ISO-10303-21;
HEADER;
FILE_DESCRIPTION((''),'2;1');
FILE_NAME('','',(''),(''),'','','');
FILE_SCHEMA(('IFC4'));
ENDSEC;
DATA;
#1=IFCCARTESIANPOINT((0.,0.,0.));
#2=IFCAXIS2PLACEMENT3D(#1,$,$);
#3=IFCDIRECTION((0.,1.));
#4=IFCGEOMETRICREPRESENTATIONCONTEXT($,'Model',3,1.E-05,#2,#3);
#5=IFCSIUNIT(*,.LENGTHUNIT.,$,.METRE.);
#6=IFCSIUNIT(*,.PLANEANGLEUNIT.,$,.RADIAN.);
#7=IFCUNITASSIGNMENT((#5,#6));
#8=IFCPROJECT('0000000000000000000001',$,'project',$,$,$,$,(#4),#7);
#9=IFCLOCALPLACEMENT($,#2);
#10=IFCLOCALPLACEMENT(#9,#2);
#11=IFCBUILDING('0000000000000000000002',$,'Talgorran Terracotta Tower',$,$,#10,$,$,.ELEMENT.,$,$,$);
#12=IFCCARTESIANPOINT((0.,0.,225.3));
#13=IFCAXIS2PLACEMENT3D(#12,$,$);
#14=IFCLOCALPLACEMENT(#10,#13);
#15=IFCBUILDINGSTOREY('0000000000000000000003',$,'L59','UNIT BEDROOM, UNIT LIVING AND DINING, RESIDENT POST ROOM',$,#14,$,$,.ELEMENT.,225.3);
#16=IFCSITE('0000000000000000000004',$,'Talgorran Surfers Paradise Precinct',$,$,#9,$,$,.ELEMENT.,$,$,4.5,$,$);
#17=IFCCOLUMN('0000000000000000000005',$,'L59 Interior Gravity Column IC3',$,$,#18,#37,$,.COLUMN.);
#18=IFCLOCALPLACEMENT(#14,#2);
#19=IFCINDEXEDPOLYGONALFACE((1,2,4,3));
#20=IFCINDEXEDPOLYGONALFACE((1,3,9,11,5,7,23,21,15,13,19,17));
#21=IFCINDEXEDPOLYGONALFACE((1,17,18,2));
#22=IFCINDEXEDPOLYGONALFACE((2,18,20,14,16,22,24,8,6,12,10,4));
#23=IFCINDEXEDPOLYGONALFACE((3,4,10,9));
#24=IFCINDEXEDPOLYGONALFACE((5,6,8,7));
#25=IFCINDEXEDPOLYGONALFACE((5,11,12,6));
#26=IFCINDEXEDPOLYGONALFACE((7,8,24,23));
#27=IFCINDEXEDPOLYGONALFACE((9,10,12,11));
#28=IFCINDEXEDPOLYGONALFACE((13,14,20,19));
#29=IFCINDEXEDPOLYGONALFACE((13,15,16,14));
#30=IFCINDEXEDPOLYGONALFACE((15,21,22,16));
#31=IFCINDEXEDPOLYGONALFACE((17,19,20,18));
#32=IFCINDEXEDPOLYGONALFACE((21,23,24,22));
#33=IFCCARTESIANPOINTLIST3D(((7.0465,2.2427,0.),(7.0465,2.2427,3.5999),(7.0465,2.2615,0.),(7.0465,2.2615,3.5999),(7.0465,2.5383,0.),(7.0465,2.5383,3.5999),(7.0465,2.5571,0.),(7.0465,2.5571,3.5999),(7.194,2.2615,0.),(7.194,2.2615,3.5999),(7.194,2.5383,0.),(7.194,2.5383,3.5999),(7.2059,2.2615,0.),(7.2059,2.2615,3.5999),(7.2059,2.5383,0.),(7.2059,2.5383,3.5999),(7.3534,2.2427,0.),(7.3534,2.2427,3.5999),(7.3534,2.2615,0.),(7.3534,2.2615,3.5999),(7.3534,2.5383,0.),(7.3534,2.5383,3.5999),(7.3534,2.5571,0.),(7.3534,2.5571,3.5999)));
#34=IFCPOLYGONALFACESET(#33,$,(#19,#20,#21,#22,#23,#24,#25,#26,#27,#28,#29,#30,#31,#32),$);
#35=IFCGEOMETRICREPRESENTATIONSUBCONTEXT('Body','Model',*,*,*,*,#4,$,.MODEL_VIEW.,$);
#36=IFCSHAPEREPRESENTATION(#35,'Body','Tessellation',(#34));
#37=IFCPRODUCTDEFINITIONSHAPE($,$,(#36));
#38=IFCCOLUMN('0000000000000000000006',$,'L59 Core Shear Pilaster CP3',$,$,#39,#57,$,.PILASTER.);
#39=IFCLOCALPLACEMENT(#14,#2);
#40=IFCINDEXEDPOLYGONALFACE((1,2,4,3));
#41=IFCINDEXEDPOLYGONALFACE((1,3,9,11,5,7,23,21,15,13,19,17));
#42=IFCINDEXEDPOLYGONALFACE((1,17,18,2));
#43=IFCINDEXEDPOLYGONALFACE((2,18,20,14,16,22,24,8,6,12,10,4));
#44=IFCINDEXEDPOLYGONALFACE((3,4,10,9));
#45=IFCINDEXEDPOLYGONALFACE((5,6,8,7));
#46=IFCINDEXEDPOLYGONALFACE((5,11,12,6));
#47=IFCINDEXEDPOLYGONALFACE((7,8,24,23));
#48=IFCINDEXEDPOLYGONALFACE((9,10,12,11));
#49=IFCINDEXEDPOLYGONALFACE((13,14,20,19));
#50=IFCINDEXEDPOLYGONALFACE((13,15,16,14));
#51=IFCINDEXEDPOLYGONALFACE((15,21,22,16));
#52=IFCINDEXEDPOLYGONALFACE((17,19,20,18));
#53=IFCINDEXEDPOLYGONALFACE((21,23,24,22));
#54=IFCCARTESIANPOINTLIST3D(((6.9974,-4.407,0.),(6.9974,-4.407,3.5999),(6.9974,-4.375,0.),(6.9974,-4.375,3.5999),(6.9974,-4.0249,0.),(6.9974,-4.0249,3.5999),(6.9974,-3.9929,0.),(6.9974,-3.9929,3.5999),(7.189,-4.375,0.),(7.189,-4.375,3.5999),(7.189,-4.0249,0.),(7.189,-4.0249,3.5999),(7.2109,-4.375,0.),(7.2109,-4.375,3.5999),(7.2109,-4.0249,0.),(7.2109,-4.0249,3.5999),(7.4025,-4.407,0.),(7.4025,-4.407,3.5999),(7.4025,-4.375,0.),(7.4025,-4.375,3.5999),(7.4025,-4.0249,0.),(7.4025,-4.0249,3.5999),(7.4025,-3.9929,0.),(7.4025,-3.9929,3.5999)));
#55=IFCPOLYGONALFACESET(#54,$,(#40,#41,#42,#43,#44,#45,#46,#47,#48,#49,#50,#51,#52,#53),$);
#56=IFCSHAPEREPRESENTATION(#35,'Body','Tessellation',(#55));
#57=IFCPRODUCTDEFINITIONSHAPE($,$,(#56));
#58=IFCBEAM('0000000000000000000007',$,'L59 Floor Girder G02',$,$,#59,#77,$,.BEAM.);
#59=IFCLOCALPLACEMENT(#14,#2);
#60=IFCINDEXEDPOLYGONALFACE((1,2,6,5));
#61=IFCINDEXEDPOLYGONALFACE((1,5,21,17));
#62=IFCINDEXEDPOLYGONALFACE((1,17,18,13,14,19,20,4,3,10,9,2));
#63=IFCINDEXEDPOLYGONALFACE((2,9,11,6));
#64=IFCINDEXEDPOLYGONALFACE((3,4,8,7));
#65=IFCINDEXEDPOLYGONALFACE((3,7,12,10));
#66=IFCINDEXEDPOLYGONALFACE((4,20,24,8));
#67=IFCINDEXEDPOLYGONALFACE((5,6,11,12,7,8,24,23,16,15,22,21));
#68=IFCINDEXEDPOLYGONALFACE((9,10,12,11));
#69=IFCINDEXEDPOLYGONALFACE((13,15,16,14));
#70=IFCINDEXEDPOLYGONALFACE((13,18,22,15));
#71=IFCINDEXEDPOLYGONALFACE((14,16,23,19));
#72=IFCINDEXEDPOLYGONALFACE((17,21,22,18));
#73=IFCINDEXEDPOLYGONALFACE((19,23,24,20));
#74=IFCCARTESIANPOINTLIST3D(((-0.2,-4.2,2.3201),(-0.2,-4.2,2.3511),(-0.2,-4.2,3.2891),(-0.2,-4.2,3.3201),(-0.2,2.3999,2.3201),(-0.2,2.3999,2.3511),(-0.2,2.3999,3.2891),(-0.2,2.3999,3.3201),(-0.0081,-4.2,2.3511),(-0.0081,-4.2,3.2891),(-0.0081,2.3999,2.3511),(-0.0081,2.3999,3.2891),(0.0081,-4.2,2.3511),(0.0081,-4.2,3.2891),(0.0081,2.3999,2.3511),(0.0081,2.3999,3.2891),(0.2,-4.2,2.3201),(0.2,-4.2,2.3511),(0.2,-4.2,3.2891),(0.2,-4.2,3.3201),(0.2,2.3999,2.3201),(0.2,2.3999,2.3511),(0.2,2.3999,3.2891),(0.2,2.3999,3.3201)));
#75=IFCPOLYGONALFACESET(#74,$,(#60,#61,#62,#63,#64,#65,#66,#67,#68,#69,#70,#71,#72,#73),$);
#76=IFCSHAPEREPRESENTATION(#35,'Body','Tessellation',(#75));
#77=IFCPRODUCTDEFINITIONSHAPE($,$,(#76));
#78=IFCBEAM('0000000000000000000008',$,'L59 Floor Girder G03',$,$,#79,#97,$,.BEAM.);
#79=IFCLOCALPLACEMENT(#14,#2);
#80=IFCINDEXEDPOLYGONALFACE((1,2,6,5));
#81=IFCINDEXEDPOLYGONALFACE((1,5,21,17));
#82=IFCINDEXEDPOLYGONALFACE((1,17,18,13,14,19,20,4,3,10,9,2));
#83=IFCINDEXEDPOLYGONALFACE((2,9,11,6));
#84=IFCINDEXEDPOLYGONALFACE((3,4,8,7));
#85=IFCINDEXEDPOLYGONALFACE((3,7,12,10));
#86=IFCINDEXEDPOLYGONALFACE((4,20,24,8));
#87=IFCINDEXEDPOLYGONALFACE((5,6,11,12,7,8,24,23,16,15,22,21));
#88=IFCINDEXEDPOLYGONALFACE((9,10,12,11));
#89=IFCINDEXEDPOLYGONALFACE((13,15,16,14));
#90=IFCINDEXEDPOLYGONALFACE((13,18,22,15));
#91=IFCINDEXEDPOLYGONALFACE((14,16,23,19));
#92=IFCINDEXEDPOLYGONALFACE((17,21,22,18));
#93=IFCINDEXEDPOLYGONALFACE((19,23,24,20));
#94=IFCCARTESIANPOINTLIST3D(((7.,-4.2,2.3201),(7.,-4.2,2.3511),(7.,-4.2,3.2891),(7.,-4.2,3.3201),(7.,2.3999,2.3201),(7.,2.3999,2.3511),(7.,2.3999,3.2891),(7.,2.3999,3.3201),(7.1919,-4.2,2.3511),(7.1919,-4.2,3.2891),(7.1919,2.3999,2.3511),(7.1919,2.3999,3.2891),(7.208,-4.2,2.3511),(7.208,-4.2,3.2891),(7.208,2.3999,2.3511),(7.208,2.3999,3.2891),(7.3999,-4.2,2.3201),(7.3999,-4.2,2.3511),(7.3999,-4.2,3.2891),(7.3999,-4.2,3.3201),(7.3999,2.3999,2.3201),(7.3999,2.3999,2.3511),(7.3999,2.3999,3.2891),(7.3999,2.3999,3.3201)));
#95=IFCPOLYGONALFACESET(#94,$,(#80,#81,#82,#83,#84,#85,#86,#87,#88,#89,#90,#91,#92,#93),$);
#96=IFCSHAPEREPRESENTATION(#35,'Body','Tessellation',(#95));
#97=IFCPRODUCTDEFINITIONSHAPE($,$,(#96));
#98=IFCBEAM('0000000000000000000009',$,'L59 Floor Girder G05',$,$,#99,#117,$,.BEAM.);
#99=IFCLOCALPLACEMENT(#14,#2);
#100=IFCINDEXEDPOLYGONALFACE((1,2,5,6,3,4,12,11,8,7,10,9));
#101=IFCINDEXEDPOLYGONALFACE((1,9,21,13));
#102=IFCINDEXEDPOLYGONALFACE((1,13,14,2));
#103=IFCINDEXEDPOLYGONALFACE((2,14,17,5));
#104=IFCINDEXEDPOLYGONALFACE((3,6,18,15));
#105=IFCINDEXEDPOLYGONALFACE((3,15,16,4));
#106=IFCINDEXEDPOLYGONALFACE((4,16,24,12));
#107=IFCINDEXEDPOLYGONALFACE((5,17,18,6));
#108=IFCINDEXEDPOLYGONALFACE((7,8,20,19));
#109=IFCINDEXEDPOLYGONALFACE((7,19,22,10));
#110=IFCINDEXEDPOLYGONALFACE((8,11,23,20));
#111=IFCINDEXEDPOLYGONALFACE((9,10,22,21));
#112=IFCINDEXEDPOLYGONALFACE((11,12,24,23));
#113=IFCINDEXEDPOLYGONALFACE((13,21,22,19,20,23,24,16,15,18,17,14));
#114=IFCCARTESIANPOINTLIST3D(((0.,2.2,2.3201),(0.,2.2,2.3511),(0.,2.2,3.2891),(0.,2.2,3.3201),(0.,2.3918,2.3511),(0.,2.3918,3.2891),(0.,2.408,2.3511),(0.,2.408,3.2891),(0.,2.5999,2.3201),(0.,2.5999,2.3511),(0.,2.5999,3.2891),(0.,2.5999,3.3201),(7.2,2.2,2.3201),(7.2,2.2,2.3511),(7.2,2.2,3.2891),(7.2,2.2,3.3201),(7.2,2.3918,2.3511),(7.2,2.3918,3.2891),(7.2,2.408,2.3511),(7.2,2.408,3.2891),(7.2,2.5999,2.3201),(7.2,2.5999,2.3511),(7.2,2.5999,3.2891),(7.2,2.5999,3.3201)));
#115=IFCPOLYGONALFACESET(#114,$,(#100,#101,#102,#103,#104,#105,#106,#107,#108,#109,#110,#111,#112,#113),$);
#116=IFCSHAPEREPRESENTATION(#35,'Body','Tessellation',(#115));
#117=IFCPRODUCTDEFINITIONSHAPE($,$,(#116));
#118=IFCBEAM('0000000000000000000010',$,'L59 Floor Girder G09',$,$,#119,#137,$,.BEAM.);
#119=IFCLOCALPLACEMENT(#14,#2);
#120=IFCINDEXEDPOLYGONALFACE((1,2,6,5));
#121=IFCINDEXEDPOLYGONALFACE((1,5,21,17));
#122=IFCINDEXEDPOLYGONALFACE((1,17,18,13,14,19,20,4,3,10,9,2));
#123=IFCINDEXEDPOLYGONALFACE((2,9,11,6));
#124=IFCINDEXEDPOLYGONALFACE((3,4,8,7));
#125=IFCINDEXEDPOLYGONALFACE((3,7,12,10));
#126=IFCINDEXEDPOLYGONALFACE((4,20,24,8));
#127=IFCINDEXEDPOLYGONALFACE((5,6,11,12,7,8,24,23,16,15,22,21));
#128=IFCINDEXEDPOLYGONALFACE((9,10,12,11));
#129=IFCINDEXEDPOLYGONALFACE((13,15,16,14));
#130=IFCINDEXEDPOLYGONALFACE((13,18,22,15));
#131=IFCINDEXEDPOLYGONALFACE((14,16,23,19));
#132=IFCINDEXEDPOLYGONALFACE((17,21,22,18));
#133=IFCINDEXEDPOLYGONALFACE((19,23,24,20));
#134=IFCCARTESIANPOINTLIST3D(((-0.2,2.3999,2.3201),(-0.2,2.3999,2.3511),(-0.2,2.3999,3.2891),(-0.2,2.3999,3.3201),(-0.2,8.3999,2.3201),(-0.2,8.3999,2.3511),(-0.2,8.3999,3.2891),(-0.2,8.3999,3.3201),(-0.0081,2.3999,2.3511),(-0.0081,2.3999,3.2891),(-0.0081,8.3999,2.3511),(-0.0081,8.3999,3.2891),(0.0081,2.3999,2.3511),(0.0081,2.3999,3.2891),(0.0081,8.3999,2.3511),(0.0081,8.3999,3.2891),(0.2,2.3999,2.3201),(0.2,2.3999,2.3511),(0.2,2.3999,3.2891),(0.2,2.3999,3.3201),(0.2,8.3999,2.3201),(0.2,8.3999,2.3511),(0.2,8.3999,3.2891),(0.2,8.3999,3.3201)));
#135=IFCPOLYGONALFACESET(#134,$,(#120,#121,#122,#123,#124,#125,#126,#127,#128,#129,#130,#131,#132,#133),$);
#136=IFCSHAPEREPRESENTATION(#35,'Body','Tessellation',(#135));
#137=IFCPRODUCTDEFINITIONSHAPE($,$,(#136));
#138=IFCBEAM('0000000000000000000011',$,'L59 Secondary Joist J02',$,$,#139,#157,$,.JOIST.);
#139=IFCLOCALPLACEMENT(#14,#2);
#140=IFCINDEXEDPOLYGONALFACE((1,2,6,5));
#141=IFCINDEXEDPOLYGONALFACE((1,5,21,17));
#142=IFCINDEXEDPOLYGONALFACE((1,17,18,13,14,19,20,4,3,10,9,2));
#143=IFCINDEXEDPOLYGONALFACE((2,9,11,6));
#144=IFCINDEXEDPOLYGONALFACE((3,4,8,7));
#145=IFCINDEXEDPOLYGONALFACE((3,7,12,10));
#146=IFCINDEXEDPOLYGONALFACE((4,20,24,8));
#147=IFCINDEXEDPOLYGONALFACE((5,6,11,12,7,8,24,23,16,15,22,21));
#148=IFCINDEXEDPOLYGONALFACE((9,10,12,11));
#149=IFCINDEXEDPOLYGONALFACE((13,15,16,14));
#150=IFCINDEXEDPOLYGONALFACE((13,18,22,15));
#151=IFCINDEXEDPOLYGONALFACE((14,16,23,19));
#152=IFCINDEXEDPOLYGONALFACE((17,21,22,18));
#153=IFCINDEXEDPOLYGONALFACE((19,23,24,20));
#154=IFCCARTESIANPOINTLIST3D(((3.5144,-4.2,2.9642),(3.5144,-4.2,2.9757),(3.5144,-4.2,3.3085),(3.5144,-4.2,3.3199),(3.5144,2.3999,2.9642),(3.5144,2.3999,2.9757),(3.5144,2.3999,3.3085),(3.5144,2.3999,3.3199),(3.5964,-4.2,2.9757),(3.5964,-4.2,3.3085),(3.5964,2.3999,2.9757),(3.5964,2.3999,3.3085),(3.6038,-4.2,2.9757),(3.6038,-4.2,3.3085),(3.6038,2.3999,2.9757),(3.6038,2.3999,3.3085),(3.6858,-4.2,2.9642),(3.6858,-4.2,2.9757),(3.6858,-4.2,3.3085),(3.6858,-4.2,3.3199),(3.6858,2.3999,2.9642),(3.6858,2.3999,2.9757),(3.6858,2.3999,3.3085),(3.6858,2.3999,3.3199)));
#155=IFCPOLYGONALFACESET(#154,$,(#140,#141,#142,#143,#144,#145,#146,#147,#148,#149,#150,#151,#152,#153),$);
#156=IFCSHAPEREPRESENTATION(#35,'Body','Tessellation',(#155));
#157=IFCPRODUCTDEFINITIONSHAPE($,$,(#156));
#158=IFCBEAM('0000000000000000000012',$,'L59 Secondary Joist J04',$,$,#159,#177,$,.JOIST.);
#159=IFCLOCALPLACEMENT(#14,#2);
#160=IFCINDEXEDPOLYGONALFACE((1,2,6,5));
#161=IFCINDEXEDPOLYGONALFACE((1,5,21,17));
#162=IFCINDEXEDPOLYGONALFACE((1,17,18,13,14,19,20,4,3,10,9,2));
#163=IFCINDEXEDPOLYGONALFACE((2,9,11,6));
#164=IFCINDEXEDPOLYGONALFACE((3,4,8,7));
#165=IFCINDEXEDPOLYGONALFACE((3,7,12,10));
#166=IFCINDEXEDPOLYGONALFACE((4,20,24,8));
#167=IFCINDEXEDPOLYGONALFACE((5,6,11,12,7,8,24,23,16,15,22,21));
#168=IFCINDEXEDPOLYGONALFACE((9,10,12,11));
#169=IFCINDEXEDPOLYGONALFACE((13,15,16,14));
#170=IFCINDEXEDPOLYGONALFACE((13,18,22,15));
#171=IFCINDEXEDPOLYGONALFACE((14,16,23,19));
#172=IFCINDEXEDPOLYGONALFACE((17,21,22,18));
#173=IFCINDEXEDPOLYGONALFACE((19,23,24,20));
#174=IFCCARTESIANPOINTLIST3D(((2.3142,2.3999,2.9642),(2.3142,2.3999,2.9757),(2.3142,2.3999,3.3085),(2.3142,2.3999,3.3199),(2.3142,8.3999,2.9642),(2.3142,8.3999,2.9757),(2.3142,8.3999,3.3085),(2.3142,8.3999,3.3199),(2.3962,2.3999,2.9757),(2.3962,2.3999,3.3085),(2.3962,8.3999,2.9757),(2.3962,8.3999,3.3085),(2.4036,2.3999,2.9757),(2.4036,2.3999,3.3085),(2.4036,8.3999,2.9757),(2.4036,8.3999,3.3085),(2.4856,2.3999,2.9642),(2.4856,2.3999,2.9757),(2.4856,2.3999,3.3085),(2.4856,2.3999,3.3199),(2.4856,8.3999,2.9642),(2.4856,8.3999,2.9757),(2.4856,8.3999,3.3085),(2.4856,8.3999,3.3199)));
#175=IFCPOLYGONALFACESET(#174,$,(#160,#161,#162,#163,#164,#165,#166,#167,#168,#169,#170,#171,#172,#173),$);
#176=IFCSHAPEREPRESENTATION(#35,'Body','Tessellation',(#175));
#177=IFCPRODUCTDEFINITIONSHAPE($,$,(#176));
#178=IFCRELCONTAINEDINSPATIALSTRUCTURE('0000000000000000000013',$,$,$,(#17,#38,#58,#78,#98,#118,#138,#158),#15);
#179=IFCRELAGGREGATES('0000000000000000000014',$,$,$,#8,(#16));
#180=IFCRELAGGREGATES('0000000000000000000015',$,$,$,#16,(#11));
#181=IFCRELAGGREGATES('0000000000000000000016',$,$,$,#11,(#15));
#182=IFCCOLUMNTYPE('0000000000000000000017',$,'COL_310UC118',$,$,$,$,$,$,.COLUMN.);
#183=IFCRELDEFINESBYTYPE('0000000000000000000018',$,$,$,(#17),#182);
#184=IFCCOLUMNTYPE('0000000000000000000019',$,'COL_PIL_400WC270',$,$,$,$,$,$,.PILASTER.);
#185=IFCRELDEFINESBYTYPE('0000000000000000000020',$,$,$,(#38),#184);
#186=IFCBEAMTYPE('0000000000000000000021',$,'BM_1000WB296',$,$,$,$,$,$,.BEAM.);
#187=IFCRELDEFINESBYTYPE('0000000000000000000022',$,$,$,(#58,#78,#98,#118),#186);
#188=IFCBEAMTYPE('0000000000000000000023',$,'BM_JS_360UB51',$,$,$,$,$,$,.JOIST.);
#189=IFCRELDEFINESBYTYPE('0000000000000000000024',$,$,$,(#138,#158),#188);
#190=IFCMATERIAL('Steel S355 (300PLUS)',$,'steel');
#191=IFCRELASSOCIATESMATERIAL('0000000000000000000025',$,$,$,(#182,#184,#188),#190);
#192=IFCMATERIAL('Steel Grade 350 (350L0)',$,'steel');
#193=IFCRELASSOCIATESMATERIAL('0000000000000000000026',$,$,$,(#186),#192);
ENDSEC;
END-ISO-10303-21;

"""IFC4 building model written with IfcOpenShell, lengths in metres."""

from ifc_helpers import new_model, si_unit, direction, frame, origin, origin_2d, place, context, subcontext, project, spatial, i_section, extrude, material, material_profile, profile_set, type_object, element, save


model = new_model("IFC4")

# Units and contexts
model_context = context("Model", 3, precision=1e-05, world=origin(), true_north=direction((0.0, 1.0)))
body_context = subcontext(model_context, "Body", "Model", "MODEL_VIEW")
ifc_project = project(units=[si_unit("LENGTHUNIT", "METRE"), si_unit("PLANEANGLEUNIT", "RADIAN")], contexts=[model_context])

# Site, building, storey
site_placement = place(None, origin())
site = spatial("IfcSite", under=ifc_project, at=site_placement, Name="Talgorran Surfers Paradise Precinct", CompositionType="ELEMENT", RefElevation=4.5)
building_placement = place(site_placement, origin())
building = spatial("IfcBuilding", under=site, at=building_placement, Name="Talgorran Terracotta Tower", CompositionType="ELEMENT")
storey_placement = place(building_placement, frame((0.0, 0.0, 225.3)))
storey = spatial("IfcBuildingStorey", under=building, at=storey_placement, Name="L59", Description="UNIT BEDROOM, UNIT LIVING AND DINING, RESIDENT POST ROOM", CompositionType="ELEMENT", Elevation=225.3)

# Columns
ifc_material_1 = material(Name="Steel S355 (300PLUS)", Category="steel")
ifc_material_profile_1 = material_profile(ifc_material_1, i_section(OverallWidth=0.3069, OverallDepth=0.3145, WebThickness=0.012, FlangeThickness=0.0188, at=origin_2d()), Name="310UC118")
ifc_profile_set_1 = profile_set([ifc_material_profile_1], Name="Steel S355 (300PLUS)")
column_type_1 = type_object("IfcColumnType", Name="COL_310UC118", PredefinedType="COLUMN", material=ifc_profile_set_1)
column_1_placement = place(storey_placement, frame((7.2, 2.3999, 0.0), z_axis=(0.0, 0.0, 1.0), x_axis=(1.0, 0.0, 0.0)))
element("IfcColumn", 1, at=column_1_placement, inside=storey, type_object=column_type_1, Name="L59 Interior Gravity Column IC3", PredefinedType="COLUMN", context=body_context, shape_type="SweptSolid", body=[
    extrude(i_section(OverallWidth=0.3069, OverallDepth=0.3145, WebThickness=0.012, FlangeThickness=0.0188, at=origin_2d()), origin(), (0.0, 0.0, 1.0), 3.5999),
])
ifc_material_profile_2 = material_profile(ifc_material_1, i_section(OverallWidth=0.405, OverallDepth=0.4141, WebThickness=0.022, FlangeThickness=0.032, at=origin_2d()), Name="400WC270")
ifc_profile_set_2 = profile_set([ifc_material_profile_2], Name="Steel S355 (300PLUS)")
column_type_2 = type_object("IfcColumnType", Name="COL_PIL_400WC270", PredefinedType="PILASTER", material=ifc_profile_set_2)
column_2_placement = place(storey_placement, frame((7.2, -4.2, 0.0), z_axis=(0.0, 0.0, 1.0), x_axis=(1.0, 0.0, 0.0)))
element("IfcColumn", 2, at=column_2_placement, inside=storey, type_object=column_type_2, Name="L59 Core Shear Pilaster CP3", PredefinedType="PILASTER", context=body_context, shape_type="SweptSolid", body=[
    extrude(i_section(OverallWidth=0.405, OverallDepth=0.4141, WebThickness=0.022, FlangeThickness=0.032, at=origin_2d()), origin(), (0.0, 0.0, 1.0), 3.5999),
])

# Beams
ifc_material_2 = material(Name="Steel Grade 350 (350L0)", Category="steel")
ifc_material_profile_3 = material_profile(ifc_material_2, i_section(OverallWidth=0.3999, OverallDepth=1.0, WebThickness=0.0161, FlangeThickness=0.031, at=origin_2d()), Name="1000WB296")
ifc_profile_set_3 = profile_set([ifc_material_profile_3], Name="Steel Grade 350 (350L0)")
beam_type_1 = type_object("IfcBeamType", Name="BM_1000WB296", PredefinedType="BEAM", material=ifc_profile_set_3)
for number, where, z_axis, x_axis, name in (
    (3, (0.0, -4.2, 2.8201), (0.0, 1.0, 0.0), (-1.0, 0.0, 0.0), "L59 Floor Girder G02"),
    (4, (7.2, -4.2, 2.8201), (0.0, 1.0, 0.0), (-1.0, 0.0, 0.0), "L59 Floor Girder G03"),
):
    element("IfcBeam", number, at=place(storey_placement, frame(where, z_axis=z_axis, x_axis=x_axis)), inside=storey, type_object=beam_type_1, Name=name, PredefinedType="BEAM", context=body_context, shape_type="SweptSolid", body=[
        extrude(i_section(OverallWidth=0.3999, OverallDepth=1.0, WebThickness=0.0161, FlangeThickness=0.031, at=origin_2d()), origin(), (0.0, 0.0, 1.0), 6.5999),
    ])
beam_1_placement = place(storey_placement, frame((0.0, 2.3999, 2.8201), z_axis=(1.0, 0.0, 0.0), x_axis=(0.0, 1.0, 0.0)))
element("IfcBeam", 5, at=beam_1_placement, inside=storey, type_object=beam_type_1, Name="L59 Floor Girder G05", PredefinedType="BEAM", context=body_context, shape_type="SweptSolid", body=[
    extrude(i_section(OverallWidth=0.3999, OverallDepth=1.0, WebThickness=0.0161, FlangeThickness=0.031, at=origin_2d()), origin(), (0.0, 0.0, 1.0), 7.2),
])
beam_2_placement = place(storey_placement, frame((0.0, 2.3999, 2.8201), z_axis=(0.0, 1.0, 0.0), x_axis=(-1.0, 0.0, 0.0)))
element("IfcBeam", 6, at=beam_2_placement, inside=storey, type_object=beam_type_1, Name="L59 Floor Girder G09", PredefinedType="BEAM", context=body_context, shape_type="SweptSolid", body=[
    extrude(i_section(OverallWidth=0.3999, OverallDepth=1.0, WebThickness=0.0161, FlangeThickness=0.031, at=origin_2d()), origin(), (0.0, 0.0, 1.0), 6.0),
])
ifc_material_profile_4 = material_profile(ifc_material_1, i_section(OverallWidth=0.1714, OverallDepth=0.3557, WebThickness=0.0073, FlangeThickness=0.0115, at=origin_2d()), Name="360UB50.7")
ifc_profile_set_4 = profile_set([ifc_material_profile_4], Name="Steel S355 (300PLUS)")
beam_type_2 = type_object("IfcBeamType", Name="BM_JS_360UB51", PredefinedType="JOIST", material=ifc_profile_set_4)
beam_3_placement = place(storey_placement, frame((3.6001, -4.2, 3.1421), z_axis=(0.0, 1.0, 0.0), x_axis=(-1.0, 0.0, 0.0)))
element("IfcBeam", 7, at=beam_3_placement, inside=storey, type_object=beam_type_2, Name="L59 Secondary Joist J02", PredefinedType="JOIST", context=body_context, shape_type="SweptSolid", body=[
    extrude(i_section(OverallWidth=0.1714, OverallDepth=0.3557, WebThickness=0.0073, FlangeThickness=0.0115, at=origin_2d()), origin(), (0.0, 0.0, 1.0), 6.5999),
])
beam_4_placement = place(storey_placement, frame((2.3999, 2.3999, 3.1421), z_axis=(0.0, 1.0, 0.0), x_axis=(-1.0, 0.0, 0.0)))
element("IfcBeam", 8, at=beam_4_placement, inside=storey, type_object=beam_type_2, Name="L59 Secondary Joist J04", PredefinedType="JOIST", context=body_context, shape_type="SweptSolid", body=[
    extrude(i_section(OverallWidth=0.1714, OverallDepth=0.3557, WebThickness=0.0073, FlangeThickness=0.0115, at=origin_2d()), origin(), (0.0, 0.0, 1.0), 6.0),
])

save(model, "model.ifc")
